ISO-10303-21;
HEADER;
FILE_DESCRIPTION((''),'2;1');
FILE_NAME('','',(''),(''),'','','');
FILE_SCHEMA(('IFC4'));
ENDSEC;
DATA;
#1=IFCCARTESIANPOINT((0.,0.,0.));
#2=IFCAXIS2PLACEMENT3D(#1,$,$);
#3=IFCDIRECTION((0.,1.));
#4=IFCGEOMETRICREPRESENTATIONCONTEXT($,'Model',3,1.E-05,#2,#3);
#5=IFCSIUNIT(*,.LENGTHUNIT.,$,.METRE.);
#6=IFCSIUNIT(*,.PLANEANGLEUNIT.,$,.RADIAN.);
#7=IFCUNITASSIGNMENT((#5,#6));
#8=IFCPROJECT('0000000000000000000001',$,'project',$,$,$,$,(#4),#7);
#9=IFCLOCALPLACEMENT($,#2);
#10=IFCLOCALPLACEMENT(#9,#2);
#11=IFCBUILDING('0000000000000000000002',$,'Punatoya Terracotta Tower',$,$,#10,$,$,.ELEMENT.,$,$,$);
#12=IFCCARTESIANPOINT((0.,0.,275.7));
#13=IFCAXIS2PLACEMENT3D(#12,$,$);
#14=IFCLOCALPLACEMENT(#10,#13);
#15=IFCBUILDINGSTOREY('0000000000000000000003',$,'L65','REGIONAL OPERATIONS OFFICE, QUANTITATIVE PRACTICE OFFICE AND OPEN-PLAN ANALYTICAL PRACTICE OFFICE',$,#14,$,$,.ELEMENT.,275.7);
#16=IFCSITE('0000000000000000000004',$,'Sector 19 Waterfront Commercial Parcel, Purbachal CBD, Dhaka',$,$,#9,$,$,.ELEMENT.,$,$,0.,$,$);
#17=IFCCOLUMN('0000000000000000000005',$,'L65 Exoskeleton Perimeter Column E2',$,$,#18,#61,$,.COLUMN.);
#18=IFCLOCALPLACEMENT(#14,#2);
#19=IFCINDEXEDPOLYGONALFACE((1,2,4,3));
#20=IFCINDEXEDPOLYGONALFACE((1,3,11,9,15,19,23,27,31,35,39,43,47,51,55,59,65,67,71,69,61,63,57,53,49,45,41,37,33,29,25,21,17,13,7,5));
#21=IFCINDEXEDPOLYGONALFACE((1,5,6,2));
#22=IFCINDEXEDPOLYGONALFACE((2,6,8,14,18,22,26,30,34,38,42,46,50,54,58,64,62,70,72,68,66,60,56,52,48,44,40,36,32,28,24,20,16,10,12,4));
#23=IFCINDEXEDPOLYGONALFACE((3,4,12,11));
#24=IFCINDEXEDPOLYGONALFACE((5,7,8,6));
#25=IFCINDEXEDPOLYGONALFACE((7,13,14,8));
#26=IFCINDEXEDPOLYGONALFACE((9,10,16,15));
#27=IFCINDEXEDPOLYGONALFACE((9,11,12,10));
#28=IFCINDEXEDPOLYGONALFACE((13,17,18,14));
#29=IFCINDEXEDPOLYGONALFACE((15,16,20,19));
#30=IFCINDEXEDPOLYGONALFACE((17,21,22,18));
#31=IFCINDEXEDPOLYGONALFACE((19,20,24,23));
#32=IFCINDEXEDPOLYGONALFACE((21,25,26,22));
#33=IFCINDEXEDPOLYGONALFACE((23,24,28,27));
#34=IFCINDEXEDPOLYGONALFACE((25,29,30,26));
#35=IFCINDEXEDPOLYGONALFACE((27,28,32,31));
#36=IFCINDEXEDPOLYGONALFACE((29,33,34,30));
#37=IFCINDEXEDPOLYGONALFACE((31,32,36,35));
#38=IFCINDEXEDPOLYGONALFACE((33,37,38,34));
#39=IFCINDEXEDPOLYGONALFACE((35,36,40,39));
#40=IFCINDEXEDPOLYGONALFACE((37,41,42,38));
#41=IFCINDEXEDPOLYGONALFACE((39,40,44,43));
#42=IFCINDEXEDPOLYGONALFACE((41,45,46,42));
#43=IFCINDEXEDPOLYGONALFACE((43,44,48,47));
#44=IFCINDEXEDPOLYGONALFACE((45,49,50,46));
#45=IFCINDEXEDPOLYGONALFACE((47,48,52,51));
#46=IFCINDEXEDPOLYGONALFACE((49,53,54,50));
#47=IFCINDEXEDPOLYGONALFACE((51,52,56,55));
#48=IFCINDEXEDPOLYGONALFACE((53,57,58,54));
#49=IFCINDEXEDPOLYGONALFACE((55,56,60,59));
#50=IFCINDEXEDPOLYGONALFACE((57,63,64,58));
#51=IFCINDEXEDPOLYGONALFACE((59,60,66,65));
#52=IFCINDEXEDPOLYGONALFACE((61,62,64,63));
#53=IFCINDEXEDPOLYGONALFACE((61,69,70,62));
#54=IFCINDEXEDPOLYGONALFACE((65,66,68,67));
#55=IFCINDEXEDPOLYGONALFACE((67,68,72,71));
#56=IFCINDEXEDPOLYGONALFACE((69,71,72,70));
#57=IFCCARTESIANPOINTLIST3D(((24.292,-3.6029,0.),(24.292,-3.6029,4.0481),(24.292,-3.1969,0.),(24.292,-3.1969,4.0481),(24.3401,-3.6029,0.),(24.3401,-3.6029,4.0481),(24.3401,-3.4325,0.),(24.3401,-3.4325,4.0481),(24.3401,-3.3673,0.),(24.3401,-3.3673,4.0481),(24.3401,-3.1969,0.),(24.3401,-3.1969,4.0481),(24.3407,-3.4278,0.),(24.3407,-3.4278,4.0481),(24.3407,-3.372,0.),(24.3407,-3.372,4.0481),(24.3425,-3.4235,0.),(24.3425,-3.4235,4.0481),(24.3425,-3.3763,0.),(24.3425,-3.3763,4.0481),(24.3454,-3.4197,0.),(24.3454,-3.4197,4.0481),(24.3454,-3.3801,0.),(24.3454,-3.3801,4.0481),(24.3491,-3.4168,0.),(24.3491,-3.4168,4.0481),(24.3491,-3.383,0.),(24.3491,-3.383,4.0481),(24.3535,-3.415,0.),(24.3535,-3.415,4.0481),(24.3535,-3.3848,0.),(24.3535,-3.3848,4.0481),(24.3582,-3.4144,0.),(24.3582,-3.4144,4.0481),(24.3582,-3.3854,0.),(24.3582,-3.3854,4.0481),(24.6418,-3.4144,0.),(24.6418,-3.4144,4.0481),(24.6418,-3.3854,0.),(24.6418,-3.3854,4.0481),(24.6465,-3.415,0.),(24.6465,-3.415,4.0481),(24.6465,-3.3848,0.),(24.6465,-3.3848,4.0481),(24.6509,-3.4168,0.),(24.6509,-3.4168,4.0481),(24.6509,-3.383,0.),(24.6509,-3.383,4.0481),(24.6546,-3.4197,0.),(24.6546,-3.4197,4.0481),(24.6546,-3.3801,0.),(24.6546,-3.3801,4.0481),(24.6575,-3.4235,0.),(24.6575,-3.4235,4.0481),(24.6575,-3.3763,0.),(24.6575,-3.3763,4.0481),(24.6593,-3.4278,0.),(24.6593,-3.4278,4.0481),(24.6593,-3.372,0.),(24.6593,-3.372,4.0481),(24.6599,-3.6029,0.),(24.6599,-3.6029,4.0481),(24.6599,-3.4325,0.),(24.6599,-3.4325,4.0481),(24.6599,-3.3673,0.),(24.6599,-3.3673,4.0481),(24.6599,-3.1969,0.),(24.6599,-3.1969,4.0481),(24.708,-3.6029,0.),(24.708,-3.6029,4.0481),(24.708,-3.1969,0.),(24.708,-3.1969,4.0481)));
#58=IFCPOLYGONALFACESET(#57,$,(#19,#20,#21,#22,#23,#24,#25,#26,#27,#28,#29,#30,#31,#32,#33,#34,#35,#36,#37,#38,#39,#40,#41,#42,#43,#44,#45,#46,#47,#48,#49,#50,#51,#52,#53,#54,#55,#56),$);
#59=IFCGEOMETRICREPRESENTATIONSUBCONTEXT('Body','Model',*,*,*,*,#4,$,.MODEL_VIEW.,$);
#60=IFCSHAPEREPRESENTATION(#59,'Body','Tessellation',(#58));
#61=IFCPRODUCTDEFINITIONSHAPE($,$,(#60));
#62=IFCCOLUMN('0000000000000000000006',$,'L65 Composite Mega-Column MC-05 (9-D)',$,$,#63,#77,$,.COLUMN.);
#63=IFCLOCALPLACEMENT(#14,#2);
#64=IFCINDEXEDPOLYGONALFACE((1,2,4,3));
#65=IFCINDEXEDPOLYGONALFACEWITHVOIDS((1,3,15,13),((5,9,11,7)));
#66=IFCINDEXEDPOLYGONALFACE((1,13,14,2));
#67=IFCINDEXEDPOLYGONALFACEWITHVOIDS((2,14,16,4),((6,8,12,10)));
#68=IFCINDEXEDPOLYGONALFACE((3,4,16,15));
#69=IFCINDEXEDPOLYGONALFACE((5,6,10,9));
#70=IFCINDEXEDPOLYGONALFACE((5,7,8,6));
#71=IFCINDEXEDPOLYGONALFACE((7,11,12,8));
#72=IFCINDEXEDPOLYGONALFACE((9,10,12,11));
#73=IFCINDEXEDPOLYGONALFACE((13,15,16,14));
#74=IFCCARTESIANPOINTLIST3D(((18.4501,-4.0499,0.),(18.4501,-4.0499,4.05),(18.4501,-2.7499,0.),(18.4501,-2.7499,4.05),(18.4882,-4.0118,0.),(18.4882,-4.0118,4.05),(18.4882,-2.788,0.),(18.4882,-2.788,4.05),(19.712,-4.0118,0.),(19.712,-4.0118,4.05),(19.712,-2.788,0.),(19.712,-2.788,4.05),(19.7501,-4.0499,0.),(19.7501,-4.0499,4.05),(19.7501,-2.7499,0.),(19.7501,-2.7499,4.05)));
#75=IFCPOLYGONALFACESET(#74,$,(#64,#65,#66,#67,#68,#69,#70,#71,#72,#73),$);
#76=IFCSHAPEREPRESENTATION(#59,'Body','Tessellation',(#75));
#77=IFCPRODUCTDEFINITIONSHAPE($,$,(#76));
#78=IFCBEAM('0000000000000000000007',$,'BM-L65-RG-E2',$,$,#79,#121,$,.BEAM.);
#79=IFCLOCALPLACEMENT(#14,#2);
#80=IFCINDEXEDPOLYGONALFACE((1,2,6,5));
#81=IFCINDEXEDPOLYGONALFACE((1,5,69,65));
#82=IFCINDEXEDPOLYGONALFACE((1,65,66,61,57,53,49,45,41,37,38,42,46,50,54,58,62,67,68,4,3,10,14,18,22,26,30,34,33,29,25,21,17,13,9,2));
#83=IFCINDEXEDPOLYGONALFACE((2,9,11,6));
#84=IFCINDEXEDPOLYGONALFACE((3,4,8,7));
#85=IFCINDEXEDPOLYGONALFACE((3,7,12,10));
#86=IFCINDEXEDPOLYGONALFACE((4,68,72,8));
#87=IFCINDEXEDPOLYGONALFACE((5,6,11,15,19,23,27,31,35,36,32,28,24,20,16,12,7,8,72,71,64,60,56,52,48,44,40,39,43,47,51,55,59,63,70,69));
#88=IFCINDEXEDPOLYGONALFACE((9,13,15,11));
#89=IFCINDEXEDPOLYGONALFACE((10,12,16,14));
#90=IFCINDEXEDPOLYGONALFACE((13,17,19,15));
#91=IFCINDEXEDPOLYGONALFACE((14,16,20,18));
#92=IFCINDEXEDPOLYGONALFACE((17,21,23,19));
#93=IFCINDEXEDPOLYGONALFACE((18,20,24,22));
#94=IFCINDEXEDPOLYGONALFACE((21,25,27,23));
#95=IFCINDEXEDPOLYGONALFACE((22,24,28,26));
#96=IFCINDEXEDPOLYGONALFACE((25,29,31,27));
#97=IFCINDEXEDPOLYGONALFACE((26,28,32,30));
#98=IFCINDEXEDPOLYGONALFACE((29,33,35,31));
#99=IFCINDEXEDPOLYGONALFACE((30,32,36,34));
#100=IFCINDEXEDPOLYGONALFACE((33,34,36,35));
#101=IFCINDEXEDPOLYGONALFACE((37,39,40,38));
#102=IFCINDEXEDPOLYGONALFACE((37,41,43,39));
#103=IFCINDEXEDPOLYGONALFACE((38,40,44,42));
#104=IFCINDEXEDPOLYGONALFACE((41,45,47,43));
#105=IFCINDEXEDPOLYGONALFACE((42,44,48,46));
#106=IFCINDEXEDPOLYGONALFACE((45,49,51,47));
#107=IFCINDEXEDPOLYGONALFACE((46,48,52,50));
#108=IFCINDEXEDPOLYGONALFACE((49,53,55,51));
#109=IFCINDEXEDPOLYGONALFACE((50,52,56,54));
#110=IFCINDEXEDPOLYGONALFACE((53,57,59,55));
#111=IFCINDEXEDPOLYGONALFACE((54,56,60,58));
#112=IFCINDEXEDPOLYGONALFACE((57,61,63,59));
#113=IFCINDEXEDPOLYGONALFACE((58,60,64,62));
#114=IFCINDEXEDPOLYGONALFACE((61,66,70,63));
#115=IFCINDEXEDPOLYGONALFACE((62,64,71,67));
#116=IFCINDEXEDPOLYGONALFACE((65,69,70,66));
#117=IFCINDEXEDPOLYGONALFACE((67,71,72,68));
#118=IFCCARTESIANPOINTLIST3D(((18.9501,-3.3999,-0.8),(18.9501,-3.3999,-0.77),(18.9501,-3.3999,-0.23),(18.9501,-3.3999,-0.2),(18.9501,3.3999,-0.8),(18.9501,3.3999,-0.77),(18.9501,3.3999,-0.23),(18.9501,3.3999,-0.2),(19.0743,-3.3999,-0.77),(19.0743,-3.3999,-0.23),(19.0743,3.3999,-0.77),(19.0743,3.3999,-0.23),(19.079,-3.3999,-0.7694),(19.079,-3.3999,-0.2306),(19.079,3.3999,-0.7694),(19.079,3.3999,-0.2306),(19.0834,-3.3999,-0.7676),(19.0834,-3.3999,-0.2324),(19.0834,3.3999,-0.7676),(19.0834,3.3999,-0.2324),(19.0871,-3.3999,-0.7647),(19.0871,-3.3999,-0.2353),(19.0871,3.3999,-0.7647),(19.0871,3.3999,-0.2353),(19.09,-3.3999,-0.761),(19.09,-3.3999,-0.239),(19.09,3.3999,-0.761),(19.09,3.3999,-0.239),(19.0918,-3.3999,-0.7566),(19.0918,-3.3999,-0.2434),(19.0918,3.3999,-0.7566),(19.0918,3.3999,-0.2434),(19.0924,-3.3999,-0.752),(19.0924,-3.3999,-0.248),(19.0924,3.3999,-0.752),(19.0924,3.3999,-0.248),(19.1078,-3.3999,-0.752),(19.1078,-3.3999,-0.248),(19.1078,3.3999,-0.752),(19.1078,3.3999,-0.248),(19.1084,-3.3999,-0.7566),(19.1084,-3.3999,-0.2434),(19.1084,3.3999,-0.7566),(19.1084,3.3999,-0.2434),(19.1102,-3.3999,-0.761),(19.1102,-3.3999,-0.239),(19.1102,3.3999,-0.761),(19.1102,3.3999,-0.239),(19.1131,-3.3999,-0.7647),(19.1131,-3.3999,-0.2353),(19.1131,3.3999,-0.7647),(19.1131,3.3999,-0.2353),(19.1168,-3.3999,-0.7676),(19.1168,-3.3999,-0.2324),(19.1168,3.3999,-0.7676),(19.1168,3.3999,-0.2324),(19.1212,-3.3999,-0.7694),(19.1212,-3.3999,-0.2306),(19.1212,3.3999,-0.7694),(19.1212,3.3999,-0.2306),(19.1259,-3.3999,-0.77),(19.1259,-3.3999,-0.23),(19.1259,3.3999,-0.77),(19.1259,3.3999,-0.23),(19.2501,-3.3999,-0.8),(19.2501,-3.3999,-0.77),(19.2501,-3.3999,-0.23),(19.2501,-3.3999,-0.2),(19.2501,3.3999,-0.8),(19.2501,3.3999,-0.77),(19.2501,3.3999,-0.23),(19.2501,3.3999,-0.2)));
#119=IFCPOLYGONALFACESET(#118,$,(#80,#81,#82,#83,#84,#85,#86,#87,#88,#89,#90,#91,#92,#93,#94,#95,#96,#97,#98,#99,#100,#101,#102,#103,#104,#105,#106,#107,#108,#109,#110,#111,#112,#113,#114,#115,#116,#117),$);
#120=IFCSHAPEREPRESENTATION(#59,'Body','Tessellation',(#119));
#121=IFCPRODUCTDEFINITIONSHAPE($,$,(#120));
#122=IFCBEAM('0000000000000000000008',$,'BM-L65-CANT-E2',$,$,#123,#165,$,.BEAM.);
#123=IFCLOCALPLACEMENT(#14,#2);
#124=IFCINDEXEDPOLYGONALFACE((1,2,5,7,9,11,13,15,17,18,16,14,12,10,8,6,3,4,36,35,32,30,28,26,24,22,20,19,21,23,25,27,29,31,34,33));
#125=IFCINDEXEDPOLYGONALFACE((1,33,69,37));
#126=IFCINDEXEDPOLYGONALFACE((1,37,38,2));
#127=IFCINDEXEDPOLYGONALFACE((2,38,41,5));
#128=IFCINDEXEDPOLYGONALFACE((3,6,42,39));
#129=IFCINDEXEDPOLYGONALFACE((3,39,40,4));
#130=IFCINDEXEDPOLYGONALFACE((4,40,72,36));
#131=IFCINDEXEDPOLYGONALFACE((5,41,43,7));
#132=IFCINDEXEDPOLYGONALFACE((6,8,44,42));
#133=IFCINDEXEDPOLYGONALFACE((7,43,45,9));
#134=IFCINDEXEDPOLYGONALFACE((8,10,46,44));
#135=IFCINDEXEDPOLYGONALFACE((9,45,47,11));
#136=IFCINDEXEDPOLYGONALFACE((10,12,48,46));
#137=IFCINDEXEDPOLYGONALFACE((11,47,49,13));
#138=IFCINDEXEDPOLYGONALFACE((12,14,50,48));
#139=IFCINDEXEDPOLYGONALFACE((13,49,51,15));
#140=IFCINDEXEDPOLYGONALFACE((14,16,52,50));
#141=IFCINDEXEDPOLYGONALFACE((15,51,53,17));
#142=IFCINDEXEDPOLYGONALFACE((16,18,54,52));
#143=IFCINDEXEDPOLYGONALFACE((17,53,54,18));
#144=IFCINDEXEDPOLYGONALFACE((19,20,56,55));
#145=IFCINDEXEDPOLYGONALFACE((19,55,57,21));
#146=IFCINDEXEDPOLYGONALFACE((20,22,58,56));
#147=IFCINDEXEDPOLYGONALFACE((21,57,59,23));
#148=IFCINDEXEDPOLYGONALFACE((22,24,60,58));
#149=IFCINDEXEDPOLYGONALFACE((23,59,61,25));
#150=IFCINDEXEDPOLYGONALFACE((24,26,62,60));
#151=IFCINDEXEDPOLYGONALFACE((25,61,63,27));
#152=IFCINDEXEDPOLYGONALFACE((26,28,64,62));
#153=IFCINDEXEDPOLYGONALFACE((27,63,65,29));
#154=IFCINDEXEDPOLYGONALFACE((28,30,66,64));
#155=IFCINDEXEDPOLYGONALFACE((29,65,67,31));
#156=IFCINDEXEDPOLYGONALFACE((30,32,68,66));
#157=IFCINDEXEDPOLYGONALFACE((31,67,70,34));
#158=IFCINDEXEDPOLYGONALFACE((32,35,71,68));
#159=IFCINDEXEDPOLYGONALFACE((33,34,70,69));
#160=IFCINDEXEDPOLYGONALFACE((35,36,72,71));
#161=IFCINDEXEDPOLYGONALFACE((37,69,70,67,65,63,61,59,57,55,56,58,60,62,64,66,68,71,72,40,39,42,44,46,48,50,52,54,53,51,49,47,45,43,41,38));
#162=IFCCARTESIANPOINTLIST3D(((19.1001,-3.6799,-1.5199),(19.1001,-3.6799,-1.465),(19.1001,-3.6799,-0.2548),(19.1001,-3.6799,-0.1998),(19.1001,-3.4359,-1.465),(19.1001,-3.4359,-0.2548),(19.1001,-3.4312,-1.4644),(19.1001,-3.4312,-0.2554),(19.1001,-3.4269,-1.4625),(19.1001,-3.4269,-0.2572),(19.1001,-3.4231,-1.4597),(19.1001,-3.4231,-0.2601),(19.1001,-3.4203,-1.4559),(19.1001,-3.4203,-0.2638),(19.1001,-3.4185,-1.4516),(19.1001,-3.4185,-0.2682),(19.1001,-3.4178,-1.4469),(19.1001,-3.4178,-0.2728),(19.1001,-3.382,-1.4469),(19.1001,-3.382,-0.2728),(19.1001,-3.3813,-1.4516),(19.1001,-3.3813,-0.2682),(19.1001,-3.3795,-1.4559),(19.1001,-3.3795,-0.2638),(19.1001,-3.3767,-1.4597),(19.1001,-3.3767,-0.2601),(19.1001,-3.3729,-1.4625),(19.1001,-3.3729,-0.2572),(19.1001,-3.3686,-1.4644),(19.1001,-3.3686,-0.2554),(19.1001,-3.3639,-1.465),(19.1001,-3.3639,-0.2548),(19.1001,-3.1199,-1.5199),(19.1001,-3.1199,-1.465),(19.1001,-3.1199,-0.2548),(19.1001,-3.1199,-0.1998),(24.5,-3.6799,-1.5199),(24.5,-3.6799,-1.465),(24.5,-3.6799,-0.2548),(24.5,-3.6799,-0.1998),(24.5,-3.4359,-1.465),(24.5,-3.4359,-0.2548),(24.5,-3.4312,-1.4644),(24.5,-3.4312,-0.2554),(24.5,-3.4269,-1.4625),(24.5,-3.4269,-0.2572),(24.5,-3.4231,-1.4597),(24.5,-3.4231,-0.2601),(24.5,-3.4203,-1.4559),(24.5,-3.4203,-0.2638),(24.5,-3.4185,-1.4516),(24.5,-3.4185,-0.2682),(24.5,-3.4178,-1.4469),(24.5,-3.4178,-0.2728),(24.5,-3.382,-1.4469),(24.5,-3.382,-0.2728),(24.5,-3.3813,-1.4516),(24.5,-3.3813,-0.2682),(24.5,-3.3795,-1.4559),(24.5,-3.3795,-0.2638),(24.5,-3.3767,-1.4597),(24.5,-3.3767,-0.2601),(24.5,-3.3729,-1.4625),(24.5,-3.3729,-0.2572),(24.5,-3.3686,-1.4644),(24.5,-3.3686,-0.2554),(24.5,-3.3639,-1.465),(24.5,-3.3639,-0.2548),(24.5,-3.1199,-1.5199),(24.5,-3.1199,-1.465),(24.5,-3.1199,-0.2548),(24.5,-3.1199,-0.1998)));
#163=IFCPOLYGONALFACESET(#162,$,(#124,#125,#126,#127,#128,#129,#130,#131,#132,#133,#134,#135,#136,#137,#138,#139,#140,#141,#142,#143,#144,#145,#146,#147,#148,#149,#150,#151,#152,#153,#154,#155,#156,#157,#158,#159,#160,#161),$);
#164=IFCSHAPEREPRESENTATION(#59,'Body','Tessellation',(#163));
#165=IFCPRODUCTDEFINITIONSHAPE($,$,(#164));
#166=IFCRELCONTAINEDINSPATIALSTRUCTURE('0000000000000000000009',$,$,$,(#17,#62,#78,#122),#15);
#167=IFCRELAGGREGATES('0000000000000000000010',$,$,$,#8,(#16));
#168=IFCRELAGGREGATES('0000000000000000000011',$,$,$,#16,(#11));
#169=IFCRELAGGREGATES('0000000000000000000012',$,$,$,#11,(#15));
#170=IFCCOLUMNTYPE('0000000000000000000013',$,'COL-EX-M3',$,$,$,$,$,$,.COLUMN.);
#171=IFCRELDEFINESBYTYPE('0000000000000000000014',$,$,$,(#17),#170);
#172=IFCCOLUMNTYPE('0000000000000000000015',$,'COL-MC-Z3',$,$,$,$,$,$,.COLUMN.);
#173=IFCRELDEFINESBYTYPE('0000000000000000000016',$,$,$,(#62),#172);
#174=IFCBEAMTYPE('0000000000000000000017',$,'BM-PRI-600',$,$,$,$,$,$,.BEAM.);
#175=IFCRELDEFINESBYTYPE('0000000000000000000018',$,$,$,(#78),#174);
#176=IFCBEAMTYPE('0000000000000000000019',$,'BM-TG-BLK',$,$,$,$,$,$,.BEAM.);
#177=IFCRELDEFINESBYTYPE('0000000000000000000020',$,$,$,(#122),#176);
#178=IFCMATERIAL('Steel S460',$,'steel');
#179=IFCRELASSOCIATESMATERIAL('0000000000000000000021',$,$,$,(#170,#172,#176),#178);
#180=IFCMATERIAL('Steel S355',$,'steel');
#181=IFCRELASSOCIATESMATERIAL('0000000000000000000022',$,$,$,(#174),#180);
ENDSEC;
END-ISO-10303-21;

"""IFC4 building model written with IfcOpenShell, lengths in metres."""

from ifc_helpers import new_model, si_unit, direction, frame, origin, origin_2d, place, context, subcontext, project, spatial, hollow_rectangle, i_section, extrude, material, material_profile, profile_set, type_object, element, save


model = new_model("IFC4")

# Units and contexts
model_context = context("Model", 3, precision=1e-05, world=origin(), true_north=direction((0.0, 1.0)))
body_context = subcontext(model_context, "Body", "Model", "MODEL_VIEW")
ifc_project = project(units=[si_unit("LENGTHUNIT", "METRE"), si_unit("PLANEANGLEUNIT", "RADIAN")], contexts=[model_context])

# Site, building, storey
site_placement = place(None, origin())
site = spatial("IfcSite", under=ifc_project, at=site_placement, Name="Sector 19 Waterfront Commercial Parcel, Purbachal CBD, Dhaka", CompositionType="ELEMENT", RefElevation=0.0)
building_placement = place(site_placement, origin())
building = spatial("IfcBuilding", under=site, at=building_placement, Name="Punatoya Terracotta Tower", CompositionType="ELEMENT")
storey_placement = place(building_placement, frame((0.0, 0.0, 275.7)))
storey = spatial("IfcBuildingStorey", under=building, at=storey_placement, Name="L65", Description="REGIONAL OPERATIONS OFFICE, QUANTITATIVE PRACTICE OFFICE AND OPEN-PLAN ANALYTICAL PRACTICE OFFICE", CompositionType="ELEMENT", Elevation=275.7)

# Columns
ifc_material_1 = material(Name="Steel S460", Category="steel")
ifc_material_profile_1 = material_profile(ifc_material_1, i_section(OverallWidth=0.406, OverallDepth=0.416, WebThickness=0.0291, FlangeThickness=0.0481, FilletRadius=0.0181, at=origin_2d()))
ifc_profile_set_1 = profile_set([ifc_material_profile_1], Name="Steel S460")
column_type_1 = type_object("IfcColumnType", Name="COL-EX-M3", PredefinedType="COLUMN", material=ifc_profile_set_1)
column_1_placement = place(storey_placement, frame((24.5, -3.3999, 0.0), z_axis=(0.0, 0.0, 1.0), x_axis=(0.0, 1.0, 0.0)))
element("IfcColumn", 1, at=column_1_placement, inside=storey, type_object=column_type_1, Name="L65 Exoskeleton Perimeter Column E2", PredefinedType="COLUMN", context=body_context, shape_type="SweptSolid", body=[
    extrude(i_section(OverallWidth=0.406, OverallDepth=0.416, WebThickness=0.0291, FlangeThickness=0.0481, FilletRadius=0.0181, at=origin_2d()), origin(), (0.0, 0.0, 1.0), 4.0481),
])
ifc_material_profile_2 = material_profile(ifc_material_1, hollow_rectangle(XDim=1.3, YDim=1.3, WallThickness=0.0381, at=origin_2d()))
ifc_profile_set_2 = profile_set([ifc_material_profile_2], Name="Steel S460")
column_type_2 = type_object("IfcColumnType", Name="COL-MC-Z3", PredefinedType="COLUMN", material=ifc_profile_set_2)
column_2_placement = place(storey_placement, frame((19.1001, -3.3999, 0.0), z_axis=(0.0, 0.0, 1.0), x_axis=(1.0, 0.0, 0.0)))
element("IfcColumn", 2, at=column_2_placement, inside=storey, type_object=column_type_2, Name="L65 Composite Mega-Column MC-05 (9-D)", PredefinedType="COLUMN", context=body_context, shape_type="SweptSolid", body=[
    extrude(hollow_rectangle(XDim=1.3, YDim=1.3, WallThickness=0.0381, at=origin_2d()), origin(), (0.0, 0.0, 1.0), 4.05),
])

# Beams
ifc_material_2 = material(Name="Steel S355", Category="steel")
ifc_material_profile_3 = material_profile(ifc_material_2, i_section(OverallWidth=0.3, OverallDepth=0.6001, WebThickness=0.0154, FlangeThickness=0.03, FilletRadius=0.0181, at=origin_2d()))
ifc_profile_set_3 = profile_set([ifc_material_profile_3], Name="Steel S355")
beam_type_1 = type_object("IfcBeamType", Name="BM-PRI-600", PredefinedType="BEAM", material=ifc_profile_set_3)
beam_1_placement = place(storey_placement, frame((19.1001, -3.3999, -0.5), z_axis=(0.0, 1.0, 0.0), x_axis=(-1.0, 0.0, 0.0)))
element("IfcBeam", 3, at=beam_1_placement, inside=storey, type_object=beam_type_1, Name="BM-L65-RG-E2", PredefinedType="BEAM", context=body_context, shape_type="SweptSolid", body=[
    extrude(i_section(OverallWidth=0.3, OverallDepth=0.6001, WebThickness=0.0154, FlangeThickness=0.03, FilletRadius=0.0181, at=origin_2d()), origin(), (0.0, 0.0, 1.0), 6.7998),
])
ifc_material_profile_4 = material_profile(ifc_material_1, i_section(OverallWidth=0.5601, OverallDepth=1.3201, WebThickness=0.0359, FlangeThickness=0.0549, FilletRadius=0.0181, at=origin_2d()))
ifc_profile_set_4 = profile_set([ifc_material_profile_4], Name="Steel S460")
beam_type_2 = type_object("IfcBeamType", Name="BM-TG-BLK", PredefinedType="BEAM", material=ifc_profile_set_4)
beam_2_placement = place(storey_placement, frame((19.1001, -3.3999, -0.8599), z_axis=(1.0, 0.0, 0.0), x_axis=(0.0, 1.0, 0.0)))
element("IfcBeam", 4, at=beam_2_placement, inside=storey, type_object=beam_type_2, Name="BM-L65-CANT-E2", PredefinedType="BEAM", context=body_context, shape_type="SweptSolid", body=[
    extrude(i_section(OverallWidth=0.5601, OverallDepth=1.3201, WebThickness=0.0359, FlangeThickness=0.0549, FilletRadius=0.0181, at=origin_2d()), origin(), (0.0, 0.0, 1.0), 5.3999),
])

save(model, "model.ifc")
